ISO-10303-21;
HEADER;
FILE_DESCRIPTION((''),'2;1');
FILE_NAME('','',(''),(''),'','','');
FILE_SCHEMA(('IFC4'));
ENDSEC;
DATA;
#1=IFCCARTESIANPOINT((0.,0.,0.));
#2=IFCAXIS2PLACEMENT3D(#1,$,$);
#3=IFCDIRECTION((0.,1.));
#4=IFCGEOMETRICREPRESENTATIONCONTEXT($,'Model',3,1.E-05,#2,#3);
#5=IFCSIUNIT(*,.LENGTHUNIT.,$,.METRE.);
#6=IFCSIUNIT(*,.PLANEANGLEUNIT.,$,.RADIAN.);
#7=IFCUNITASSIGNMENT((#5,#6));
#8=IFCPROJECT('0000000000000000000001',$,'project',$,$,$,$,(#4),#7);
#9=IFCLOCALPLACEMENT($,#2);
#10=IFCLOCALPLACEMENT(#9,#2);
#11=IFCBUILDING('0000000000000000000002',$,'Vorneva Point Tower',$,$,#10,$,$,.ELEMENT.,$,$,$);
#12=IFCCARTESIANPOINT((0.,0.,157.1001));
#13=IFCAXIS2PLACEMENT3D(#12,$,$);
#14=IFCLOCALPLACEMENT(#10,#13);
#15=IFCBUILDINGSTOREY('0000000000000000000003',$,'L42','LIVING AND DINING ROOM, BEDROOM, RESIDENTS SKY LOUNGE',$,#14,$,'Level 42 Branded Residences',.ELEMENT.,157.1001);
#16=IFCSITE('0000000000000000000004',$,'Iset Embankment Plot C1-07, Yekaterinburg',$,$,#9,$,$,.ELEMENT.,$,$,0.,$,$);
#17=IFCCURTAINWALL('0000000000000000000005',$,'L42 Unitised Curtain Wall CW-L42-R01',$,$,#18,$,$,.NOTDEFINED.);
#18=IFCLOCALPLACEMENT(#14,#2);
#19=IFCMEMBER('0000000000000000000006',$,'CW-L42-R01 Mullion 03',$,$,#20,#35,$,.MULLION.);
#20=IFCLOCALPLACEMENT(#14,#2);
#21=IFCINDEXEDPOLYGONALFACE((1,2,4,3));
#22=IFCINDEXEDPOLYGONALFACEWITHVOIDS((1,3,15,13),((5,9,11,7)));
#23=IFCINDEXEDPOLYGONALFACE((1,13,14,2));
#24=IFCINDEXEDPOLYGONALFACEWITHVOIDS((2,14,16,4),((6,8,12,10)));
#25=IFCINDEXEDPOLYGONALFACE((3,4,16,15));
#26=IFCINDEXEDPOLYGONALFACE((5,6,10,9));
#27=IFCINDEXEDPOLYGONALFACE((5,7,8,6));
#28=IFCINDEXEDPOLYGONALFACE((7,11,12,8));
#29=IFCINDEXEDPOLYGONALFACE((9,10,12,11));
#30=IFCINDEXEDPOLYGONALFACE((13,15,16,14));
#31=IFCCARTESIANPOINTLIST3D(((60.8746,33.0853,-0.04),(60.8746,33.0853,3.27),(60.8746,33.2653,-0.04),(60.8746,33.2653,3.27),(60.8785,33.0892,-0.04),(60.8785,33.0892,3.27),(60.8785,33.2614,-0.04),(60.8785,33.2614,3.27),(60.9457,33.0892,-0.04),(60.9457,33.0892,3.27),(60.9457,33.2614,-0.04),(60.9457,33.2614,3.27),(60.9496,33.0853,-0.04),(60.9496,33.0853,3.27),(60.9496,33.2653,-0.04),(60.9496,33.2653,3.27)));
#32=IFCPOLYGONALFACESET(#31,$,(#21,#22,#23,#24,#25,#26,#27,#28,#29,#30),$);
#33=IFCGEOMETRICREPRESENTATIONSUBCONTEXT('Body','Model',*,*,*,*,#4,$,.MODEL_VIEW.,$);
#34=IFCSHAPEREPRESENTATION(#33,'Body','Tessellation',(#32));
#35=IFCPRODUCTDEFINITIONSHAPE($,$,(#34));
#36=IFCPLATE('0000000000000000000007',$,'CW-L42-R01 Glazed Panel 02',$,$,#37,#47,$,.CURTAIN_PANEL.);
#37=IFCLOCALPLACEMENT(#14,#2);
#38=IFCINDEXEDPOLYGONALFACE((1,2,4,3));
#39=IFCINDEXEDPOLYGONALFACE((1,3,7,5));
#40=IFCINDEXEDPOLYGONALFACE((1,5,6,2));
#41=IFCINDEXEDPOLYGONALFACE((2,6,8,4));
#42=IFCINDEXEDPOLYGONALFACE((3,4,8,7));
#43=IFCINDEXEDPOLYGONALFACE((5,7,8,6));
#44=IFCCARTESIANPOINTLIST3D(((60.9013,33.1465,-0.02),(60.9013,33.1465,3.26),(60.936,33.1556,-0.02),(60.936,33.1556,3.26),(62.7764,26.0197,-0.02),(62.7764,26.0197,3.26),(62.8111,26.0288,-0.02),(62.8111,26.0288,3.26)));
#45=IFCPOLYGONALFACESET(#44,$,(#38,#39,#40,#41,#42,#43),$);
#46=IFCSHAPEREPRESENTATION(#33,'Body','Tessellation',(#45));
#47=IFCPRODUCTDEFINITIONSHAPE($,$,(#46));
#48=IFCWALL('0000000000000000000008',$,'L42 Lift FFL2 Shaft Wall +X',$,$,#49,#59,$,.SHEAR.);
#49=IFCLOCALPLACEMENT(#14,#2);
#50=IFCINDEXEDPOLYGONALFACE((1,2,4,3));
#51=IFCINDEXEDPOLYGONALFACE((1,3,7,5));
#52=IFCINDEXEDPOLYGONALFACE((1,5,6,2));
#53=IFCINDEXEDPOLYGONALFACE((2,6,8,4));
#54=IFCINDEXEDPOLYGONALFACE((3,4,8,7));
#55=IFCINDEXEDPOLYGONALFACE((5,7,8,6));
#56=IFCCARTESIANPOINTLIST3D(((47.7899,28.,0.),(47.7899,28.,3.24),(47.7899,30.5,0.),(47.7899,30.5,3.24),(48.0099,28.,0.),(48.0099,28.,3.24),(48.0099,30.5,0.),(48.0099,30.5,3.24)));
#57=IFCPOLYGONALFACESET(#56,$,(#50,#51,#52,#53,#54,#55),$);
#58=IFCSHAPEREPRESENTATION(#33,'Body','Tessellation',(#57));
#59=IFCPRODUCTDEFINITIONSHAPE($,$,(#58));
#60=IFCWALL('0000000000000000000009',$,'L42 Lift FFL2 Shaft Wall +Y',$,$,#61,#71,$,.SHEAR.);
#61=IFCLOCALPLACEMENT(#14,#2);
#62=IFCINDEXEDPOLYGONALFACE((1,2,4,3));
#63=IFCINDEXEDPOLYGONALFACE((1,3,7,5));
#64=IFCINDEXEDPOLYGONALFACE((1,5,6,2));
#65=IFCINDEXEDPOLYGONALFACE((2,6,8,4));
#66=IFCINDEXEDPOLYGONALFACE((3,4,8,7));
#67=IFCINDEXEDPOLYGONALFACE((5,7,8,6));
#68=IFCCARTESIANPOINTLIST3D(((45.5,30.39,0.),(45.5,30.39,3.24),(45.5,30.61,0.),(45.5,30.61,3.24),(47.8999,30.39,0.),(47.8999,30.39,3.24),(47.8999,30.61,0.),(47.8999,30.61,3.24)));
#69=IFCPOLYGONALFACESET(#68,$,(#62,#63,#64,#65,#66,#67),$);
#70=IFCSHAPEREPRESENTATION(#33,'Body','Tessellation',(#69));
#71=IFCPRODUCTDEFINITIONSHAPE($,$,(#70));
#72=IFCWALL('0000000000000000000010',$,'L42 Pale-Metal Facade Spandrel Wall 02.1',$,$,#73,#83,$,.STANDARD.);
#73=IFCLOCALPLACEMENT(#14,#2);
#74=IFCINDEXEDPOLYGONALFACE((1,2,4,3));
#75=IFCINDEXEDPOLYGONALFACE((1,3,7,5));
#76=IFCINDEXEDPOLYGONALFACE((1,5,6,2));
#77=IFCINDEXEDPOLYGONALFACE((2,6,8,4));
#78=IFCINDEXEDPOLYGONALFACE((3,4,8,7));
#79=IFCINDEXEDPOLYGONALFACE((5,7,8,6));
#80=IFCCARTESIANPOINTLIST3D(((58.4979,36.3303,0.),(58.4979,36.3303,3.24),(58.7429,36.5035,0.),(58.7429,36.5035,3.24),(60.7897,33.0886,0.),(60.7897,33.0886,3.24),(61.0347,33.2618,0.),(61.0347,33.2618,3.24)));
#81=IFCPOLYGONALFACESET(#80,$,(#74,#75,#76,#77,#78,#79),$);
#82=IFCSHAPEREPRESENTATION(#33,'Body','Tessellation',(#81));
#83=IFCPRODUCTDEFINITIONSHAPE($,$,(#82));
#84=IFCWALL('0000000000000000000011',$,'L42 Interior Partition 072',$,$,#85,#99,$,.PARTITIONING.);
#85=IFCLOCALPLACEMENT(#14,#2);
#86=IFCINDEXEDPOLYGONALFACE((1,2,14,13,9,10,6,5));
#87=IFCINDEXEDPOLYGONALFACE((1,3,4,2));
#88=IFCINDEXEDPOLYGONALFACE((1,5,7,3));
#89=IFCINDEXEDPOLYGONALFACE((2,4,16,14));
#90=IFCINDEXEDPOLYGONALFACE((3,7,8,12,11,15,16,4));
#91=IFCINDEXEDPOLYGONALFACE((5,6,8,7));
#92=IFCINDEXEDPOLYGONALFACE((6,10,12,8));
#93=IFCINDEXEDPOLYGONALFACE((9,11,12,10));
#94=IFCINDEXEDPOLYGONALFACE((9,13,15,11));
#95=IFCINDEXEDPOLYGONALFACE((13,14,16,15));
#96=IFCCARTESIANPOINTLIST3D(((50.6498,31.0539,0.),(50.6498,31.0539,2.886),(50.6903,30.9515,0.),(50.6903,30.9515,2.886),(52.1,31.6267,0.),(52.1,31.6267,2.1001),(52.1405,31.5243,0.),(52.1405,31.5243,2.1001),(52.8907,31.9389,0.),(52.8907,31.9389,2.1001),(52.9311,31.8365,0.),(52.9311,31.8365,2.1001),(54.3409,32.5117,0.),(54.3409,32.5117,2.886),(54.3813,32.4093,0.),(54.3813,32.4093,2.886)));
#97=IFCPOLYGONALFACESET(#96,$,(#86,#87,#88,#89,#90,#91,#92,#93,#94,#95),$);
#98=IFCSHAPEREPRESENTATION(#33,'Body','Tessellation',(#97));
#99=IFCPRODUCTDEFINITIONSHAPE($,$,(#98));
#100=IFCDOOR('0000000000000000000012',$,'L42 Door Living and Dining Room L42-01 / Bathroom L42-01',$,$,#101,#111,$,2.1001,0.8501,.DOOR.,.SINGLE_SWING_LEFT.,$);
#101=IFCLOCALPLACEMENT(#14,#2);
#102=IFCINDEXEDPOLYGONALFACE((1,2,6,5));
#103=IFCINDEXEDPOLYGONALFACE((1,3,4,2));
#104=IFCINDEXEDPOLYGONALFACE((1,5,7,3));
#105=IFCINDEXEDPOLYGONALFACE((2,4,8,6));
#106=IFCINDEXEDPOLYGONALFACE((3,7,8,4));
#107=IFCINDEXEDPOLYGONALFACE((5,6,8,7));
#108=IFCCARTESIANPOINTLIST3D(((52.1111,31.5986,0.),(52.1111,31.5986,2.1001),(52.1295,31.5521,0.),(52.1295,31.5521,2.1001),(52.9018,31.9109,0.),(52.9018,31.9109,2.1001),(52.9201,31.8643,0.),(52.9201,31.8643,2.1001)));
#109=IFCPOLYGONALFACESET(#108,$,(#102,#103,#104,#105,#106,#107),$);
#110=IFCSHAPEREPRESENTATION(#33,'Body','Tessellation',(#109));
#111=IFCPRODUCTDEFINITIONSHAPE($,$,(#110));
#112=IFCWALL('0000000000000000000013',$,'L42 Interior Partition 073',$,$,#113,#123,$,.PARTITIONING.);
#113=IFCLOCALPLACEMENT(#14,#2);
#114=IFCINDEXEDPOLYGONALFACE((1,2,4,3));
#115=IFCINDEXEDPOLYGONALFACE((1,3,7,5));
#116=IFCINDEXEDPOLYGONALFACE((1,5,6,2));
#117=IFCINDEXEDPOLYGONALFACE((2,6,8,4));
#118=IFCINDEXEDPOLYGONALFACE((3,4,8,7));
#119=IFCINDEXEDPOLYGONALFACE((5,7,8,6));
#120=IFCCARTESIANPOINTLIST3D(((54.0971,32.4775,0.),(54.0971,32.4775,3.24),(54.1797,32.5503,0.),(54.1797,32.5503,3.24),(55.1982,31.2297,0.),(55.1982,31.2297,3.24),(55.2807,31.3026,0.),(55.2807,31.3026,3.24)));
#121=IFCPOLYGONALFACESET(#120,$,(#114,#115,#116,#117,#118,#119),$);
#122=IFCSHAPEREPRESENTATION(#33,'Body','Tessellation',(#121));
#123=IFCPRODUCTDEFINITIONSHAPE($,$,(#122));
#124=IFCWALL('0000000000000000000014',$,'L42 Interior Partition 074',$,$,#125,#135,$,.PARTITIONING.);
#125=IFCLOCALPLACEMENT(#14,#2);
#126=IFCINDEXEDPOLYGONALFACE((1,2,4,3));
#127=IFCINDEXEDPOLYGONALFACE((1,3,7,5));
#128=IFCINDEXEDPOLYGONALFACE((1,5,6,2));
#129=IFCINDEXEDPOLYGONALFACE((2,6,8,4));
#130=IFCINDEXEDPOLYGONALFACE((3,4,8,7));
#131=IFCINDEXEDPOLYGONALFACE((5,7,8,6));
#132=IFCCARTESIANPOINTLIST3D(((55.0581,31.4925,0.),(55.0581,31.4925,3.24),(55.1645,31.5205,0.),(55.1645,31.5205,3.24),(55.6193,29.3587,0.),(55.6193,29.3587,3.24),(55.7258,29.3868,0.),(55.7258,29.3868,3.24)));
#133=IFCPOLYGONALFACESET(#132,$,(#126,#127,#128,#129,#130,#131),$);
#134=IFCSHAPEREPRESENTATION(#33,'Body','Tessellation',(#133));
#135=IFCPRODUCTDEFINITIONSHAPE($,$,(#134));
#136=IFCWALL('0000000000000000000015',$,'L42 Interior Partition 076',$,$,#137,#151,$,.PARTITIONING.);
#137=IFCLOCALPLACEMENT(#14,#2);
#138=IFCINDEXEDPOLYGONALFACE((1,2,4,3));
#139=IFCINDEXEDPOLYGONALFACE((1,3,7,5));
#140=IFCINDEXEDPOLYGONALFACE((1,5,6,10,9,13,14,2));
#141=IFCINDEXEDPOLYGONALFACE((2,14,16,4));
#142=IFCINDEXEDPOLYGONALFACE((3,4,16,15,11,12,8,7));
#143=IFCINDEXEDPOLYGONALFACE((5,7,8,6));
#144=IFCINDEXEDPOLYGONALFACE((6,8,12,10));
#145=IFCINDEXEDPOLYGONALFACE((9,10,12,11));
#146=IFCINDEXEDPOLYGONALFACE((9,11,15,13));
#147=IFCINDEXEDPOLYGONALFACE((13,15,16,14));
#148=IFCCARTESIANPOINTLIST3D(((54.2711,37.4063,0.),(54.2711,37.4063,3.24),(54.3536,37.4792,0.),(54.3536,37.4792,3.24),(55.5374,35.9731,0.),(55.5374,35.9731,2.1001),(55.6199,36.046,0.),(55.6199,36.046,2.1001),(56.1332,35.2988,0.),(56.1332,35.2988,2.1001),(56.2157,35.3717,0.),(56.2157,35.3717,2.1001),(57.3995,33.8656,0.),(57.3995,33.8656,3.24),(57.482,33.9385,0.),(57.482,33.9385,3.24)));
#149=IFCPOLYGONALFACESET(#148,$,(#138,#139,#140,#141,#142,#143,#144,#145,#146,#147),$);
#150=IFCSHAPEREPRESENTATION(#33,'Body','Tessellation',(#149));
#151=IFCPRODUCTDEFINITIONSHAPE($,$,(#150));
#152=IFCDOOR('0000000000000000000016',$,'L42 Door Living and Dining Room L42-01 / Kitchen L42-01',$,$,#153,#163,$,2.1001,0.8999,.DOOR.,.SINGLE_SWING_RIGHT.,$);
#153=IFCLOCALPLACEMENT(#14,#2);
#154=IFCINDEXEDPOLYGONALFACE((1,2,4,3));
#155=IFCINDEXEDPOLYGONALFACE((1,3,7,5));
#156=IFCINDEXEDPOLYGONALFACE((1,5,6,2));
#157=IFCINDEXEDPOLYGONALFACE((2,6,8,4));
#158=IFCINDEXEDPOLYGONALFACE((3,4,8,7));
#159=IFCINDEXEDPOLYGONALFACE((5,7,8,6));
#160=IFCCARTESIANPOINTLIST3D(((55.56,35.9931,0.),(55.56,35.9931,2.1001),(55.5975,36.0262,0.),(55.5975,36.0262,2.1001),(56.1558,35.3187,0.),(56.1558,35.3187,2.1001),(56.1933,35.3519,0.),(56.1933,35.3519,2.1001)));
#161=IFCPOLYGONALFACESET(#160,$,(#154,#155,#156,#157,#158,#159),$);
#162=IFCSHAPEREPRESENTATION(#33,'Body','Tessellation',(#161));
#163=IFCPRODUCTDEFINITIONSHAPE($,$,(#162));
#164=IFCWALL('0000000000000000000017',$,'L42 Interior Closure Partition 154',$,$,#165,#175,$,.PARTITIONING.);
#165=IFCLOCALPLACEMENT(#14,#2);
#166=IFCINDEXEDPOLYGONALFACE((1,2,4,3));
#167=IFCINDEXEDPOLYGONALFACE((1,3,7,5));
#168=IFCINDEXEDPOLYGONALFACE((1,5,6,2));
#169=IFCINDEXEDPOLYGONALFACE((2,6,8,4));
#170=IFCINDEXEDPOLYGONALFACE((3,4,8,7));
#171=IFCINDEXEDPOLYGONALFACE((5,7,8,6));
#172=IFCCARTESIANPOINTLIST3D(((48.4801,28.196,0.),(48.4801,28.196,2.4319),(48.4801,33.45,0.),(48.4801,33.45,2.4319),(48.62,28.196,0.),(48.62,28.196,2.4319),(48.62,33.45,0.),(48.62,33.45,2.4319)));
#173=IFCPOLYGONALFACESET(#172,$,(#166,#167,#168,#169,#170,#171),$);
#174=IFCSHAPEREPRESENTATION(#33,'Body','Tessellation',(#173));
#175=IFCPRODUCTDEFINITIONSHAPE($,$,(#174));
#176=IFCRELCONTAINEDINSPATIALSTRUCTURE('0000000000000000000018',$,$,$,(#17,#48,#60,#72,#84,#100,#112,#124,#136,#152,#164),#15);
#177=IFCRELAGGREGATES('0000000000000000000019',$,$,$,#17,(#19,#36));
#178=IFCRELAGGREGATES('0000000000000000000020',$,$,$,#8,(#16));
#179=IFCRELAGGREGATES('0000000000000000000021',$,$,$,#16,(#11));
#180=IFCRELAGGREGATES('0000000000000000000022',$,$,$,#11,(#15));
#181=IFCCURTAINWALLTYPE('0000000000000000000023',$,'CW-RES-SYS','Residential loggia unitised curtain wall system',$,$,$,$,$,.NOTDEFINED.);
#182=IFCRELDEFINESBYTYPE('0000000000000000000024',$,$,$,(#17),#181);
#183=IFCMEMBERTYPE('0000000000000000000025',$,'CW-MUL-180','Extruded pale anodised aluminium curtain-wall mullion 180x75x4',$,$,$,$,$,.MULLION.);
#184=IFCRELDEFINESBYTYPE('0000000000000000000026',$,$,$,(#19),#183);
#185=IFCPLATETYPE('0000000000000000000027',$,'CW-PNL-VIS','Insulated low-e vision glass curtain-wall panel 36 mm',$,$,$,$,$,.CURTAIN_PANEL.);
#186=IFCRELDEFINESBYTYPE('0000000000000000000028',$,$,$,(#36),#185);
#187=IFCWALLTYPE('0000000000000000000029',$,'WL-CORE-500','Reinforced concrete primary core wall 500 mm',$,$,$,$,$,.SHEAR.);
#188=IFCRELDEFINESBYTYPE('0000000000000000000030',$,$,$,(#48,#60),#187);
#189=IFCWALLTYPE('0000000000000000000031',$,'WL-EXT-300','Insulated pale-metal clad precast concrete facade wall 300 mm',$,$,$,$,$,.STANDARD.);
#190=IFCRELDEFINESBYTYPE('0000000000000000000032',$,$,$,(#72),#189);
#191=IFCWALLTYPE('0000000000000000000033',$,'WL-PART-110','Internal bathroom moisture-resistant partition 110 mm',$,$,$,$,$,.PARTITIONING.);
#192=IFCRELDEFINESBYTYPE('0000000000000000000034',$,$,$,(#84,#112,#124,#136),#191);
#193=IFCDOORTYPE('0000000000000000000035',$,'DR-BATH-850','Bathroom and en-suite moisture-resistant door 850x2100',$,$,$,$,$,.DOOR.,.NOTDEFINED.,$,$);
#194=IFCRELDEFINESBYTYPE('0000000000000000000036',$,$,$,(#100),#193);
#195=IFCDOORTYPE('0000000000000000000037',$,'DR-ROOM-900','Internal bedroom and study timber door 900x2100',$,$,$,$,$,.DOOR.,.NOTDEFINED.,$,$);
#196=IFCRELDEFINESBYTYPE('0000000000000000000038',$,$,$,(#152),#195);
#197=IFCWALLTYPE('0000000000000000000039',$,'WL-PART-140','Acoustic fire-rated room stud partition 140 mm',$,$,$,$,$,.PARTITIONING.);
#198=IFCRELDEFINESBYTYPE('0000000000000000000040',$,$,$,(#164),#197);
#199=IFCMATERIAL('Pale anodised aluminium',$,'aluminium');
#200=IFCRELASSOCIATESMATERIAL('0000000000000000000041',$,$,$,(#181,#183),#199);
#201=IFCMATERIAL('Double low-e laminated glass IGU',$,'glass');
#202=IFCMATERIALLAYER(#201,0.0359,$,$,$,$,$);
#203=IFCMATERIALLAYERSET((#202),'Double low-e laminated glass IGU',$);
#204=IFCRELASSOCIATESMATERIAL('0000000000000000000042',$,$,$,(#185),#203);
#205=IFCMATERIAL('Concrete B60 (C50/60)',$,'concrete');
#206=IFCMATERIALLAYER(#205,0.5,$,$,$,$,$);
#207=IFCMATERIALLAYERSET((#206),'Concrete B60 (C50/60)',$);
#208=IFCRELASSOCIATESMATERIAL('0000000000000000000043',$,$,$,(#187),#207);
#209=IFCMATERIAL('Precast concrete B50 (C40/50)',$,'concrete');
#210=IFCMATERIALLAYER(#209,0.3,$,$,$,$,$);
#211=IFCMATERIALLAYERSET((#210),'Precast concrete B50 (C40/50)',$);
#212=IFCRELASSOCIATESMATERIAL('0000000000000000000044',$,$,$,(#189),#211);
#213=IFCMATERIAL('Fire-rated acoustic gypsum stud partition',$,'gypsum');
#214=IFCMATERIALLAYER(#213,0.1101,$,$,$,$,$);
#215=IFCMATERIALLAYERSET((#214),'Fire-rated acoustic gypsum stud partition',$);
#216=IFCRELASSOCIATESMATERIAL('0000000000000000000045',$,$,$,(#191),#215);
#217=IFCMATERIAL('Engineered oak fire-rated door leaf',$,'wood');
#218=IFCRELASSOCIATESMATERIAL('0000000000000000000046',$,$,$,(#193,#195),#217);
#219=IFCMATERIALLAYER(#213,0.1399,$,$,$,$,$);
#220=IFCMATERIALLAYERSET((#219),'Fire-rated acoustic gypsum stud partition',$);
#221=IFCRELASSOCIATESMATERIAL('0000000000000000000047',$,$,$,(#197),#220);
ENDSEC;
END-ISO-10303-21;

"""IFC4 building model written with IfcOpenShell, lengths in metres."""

from ifc_helpers import new_model, si_unit, direction, frame, frame_2d, origin, origin_2d, place, context, subcontext, project, spatial, rectangle, hollow_rectangle, extrude, material, layer, layer_set, material_profile, profile_set, type_object, element, fill, aggregate, save


model = new_model("IFC4")

# Units and contexts
model_context = context("Model", 3, precision=1e-05, world=origin(), true_north=direction((0.0, 1.0)))
body_context = subcontext(model_context, "Body", "Model", "MODEL_VIEW")
ifc_project = project(units=[si_unit("LENGTHUNIT", "METRE"), si_unit("PLANEANGLEUNIT", "RADIAN")], contexts=[model_context])

# Site, building, storey
site_placement = place(None, origin())
site = spatial("IfcSite", under=ifc_project, at=site_placement, Name="Iset Embankment Plot C1-07, Yekaterinburg", CompositionType="ELEMENT", RefElevation=0.0)
building_placement = place(site_placement, origin())
building = spatial("IfcBuilding", under=site, at=building_placement, Name="Vorneva Point Tower", CompositionType="ELEMENT")
storey_placement = place(building_placement, frame((0.0, 0.0, 157.1001)))
storey = spatial("IfcBuildingStorey", under=building, at=storey_placement, Name="L42", Description="LIVING AND DINING ROOM, BEDROOM, RESIDENTS SKY LOUNGE", LongName="Level 42 Branded Residences", CompositionType="ELEMENT", Elevation=157.1001)

# Shared definitions
ifc_material_1 = material(Name="Concrete B60 (C50/60)", Category="concrete")

# Curtain wall, member, plate
ifc_material_2 = material(Name="Pale anodised aluminium", Category="aluminium")
curtain_wall_type = type_object("IfcCurtainWallType", Name="CW-RES-SYS", Description="Residential loggia unitised curtain wall system", PredefinedType="NOTDEFINED", material=ifc_material_2)
curtain_wall_placement = place(storey_placement, origin())
curtain_wall = element("IfcCurtainWall", 1, at=curtain_wall_placement, inside=storey, type_object=curtain_wall_type, Name="L42 Unitised Curtain Wall CW-L42-R01", PredefinedType="NOTDEFINED")
ifc_material_profile_1 = material_profile(ifc_material_2, hollow_rectangle(XDim=0.075, YDim=0.1799, WallThickness=0.0039, at=origin_2d()), Name="AL-MUL 180x75x4")
ifc_profile_set_1 = profile_set([ifc_material_profile_1], Name="Pale anodised aluminium")
member_type = type_object("IfcMemberType", Name="CW-MUL-180", Description="Extruded pale anodised aluminium curtain-wall mullion 180x75x4", PredefinedType="MULLION", material=ifc_profile_set_1)
member_placement = place(storey_placement, frame((60.9121, 33.1753, -0.04), z_axis=(0.0, 0.0, 1.0), x_axis=(1.0, 0.0, 0.0)))
member = element("IfcMember", 2, at=member_placement, type_object=member_type, Name="CW-L42-R01 Mullion 03", PredefinedType="MULLION", context=body_context, shape_type="SweptSolid", body=[
    extrude(hollow_rectangle(XDim=0.075, YDim=0.1799, WallThickness=0.0039, at=origin_2d()), origin(), (0.0, 0.0, 1.0), 3.3101),
])
ifc_material_3 = material(Name="Double low-e laminated glass IGU", Category="glass")
ifc_layer_1 = layer(ifc_material_3, 0.0359)
ifc_layer_set_1 = layer_set([ifc_layer_1], Name="Double low-e laminated glass IGU")
plate_type = type_object("IfcPlateType", Name="CW-PNL-VIS", Description="Insulated low-e vision glass curtain-wall panel 36 mm", PredefinedType="CURTAIN_PANEL", material=ifc_layer_set_1)
plate_placement = place(storey_placement, frame((61.8562, 29.5876, -0.02), z_axis=(0.0, 0.0, 1.0), x_axis=(-0.254433, 0.96709, 0.0)))
plate = element("IfcPlate", 3, at=plate_placement, type_object=plate_type, Name="CW-L42-R01 Glazed Panel 02", PredefinedType="CURTAIN_PANEL", context=body_context, shape_type="SweptSolid", body=[
    extrude(rectangle(XDim=7.3694, YDim=0.0359, at=origin_2d()), origin(), (0.0, 0.0, 1.0), 3.28),
])
aggregate(curtain_wall, [member, plate])

# Walls
ifc_layer_2 = layer(ifc_material_1, 0.5)
ifc_layer_set_2 = layer_set([ifc_layer_2], Name="Concrete B60 (C50/60)")
wall_type_1 = type_object("IfcWallType", Name="WL-CORE-500", Description="Reinforced concrete primary core wall 500 mm", PredefinedType="SHEAR", material=ifc_layer_set_2)
wall_1_placement = place(storey_placement, frame((47.8999, 28.0, 0.0), z_axis=(0.0, 0.0, 1.0), x_axis=(0.0, 1.0, 0.0)))
element("IfcWall", 4, at=wall_1_placement, inside=storey, type_object=wall_type_1, Name="L42 Lift FFL2 Shaft Wall +X", PredefinedType="SHEAR", context=body_context, shape_type="SweptSolid", body=[
    extrude(rectangle(XDim=2.5, YDim=0.22, at=frame_2d((1.25, 0.0))), origin(), (0.0, 0.0, 1.0), 3.24),
])
wall_2_placement = place(storey_placement, frame((47.8999, 30.5, 0.0), z_axis=(0.0, 0.0, 1.0), x_axis=(-1.0, 0.0, 0.0)))
element("IfcWall", 5, at=wall_2_placement, inside=storey, type_object=wall_type_1, Name="L42 Lift FFL2 Shaft Wall +Y", PredefinedType="SHEAR", context=body_context, shape_type="SweptSolid", body=[
    extrude(rectangle(XDim=2.3999, YDim=0.22, at=frame_2d((1.2, 0.0))), origin(), (0.0, 0.0, 1.0), 3.24),
])
ifc_material_4 = material(Name="Precast concrete B50 (C40/50)", Category="concrete")
ifc_layer_3 = layer(ifc_material_4, 0.3)
ifc_layer_set_3 = layer_set([ifc_layer_3], Name="Precast concrete B50 (C40/50)")
wall_type_2 = type_object("IfcWallType", Name="WL-EXT-300", Description="Insulated pale-metal clad precast concrete facade wall 300 mm", PredefinedType="STANDARD", material=ifc_layer_set_3)
wall_3_placement = place(storey_placement, frame((60.9121, 33.1753, 0.0), z_axis=(0.0, 0.0, 1.0), x_axis=(-0.57727, 0.816554, 0.0)))
element("IfcWall", 6, at=wall_3_placement, inside=storey, type_object=wall_type_2, Name="L42 Pale-Metal Facade Spandrel Wall 02.1", PredefinedType="STANDARD", context=body_context, shape_type="SweptSolid", body=[
    extrude(rectangle(XDim=3.97, YDim=0.3, at=frame_2d((1.9849, 0.0))), origin(), (0.0, 0.0, 1.0), 3.24),
])

# Wall, opening, door
ifc_material_5 = material(Name="Fire-rated acoustic gypsum stud partition", Category="gypsum")
ifc_layer_4 = layer(ifc_material_5, 0.1101)
ifc_layer_set_4 = layer_set([ifc_layer_4], Name="Fire-rated acoustic gypsum stud partition")
wall_type_3 = type_object("IfcWallType", Name="WL-PART-110", Description="Internal bathroom moisture-resistant partition 110 mm", PredefinedType="PARTITIONING", material=ifc_layer_set_4)
wall_4_placement = place(storey_placement, frame((50.6699, 31.0027, 0.0), z_axis=(0.0, 0.0, 1.0), x_axis=(0.930093, 0.367325, 0.0)))
wall_4 = element("IfcWall", 7, at=wall_4_placement, inside=storey, type_object=wall_type_3, Name="L42 Interior Partition 072", PredefinedType="PARTITIONING", context=body_context, shape_type="SweptSolid", body=[
    extrude(rectangle(XDim=3.9685, YDim=0.1101, at=frame_2d((1.9844, 0.0))), origin(), (0.0, 0.0, 1.0), 2.886),
])
opening_1_placement = place(wall_4_placement, frame((1.5593, 0.0, 0.0)))
opening_1 = element("IfcOpeningElement", 8, at=opening_1_placement, cuts=wall_4, PredefinedType="OPENING", context=body_context, shape_type="SweptSolid", body=[
    extrude(rectangle(XDim=0.8501, YDim=2.1001, at=frame_2d((0.425, 1.05))), frame((0.0, 0.0698, 0.0), z_axis=(0.0, -1.0, 0.0), x_axis=(1.0, 0.0, 0.0)), (0.0, 0.0, 1.0), 0.1399),
])
ifc_material_6 = material(Name="Engineered oak fire-rated door leaf", Category="wood")
door_type_1 = type_object("IfcDoorType", Name="DR-BATH-850", Description="Bathroom and en-suite moisture-resistant door 850x2100", OperationType="NOTDEFINED", PredefinedType="DOOR", material=ifc_material_6)
door_1_placement = place(opening_1_placement, origin())
door_1 = element("IfcDoor", 9, at=door_1_placement, inside=storey, type_object=door_type_1, Name="L42 Door Living and Dining Room L42-01 / Bathroom L42-01", OperationType="SINGLE_SWING_LEFT", OverallHeight=2.1001, OverallWidth=0.8501, PredefinedType="DOOR", context=body_context, shape_type="SweptSolid", body=[
    extrude(rectangle(XDim=0.8501, YDim=2.1001, at=frame_2d((0.425, 1.05))), frame((0.0, 0.0249, 0.0), z_axis=(0.0, -1.0, 0.0), x_axis=(1.0, 0.0, 0.0)), (0.0, 0.0, 1.0), 0.05),
])
fill(opening_1, door_1)

# Walls
wall_5_placement = place(storey_placement, frame((54.1384, 32.5139, 0.0), z_axis=(0.0, 0.0, 1.0), x_axis=(0.661646, -0.749816, 0.0)))
element("IfcWall", 10, at=wall_5_placement, inside=storey, type_object=wall_type_3, Name="L42 Interior Partition 073", PredefinedType="PARTITIONING", context=body_context, shape_type="SweptSolid", body=[
    extrude(rectangle(XDim=1.6641, YDim=0.1101, at=frame_2d((0.832, 0.0))), origin(), (0.0, 0.0, 1.0), 3.24),
])
wall_6_placement = place(storey_placement, frame((55.1113, 31.5063, 0.0), z_axis=(0.0, 0.0, 1.0), x_axis=(0.25439, -0.967102, 0.0)))
element("IfcWall", 11, at=wall_6_placement, inside=storey, type_object=wall_type_3, Name="L42 Interior Partition 074", PredefinedType="PARTITIONING", context=body_context, shape_type="SweptSolid", body=[
    extrude(rectangle(XDim=2.2063, YDim=0.1101, at=frame_2d((1.103, 0.0))), origin(), (0.0, 0.0, 1.0), 3.24),
])

# Wall, opening, door
wall_7_placement = place(storey_placement, frame((57.4407, 33.9021, 0.0), z_axis=(0.0, 0.0, 1.0), x_axis=(-0.662122, 0.749396, 0.0)))
wall_7 = element("IfcWall", 12, at=wall_7_placement, inside=storey, type_object=wall_type_3, Name="L42 Interior Partition 076", PredefinedType="PARTITIONING", context=body_context, shape_type="SweptSolid", body=[
    extrude(rectangle(XDim=4.7249, YDim=0.1101, at=frame_2d((2.3623, 0.0))), origin(), (0.0, 0.0, 1.0), 3.24),
])
opening_2_placement = place(wall_7_placement, frame((1.9124, 0.0, 0.0)))
opening_2 = element("IfcOpeningElement", 13, at=opening_2_placement, cuts=wall_7, PredefinedType="OPENING", context=body_context, shape_type="SweptSolid", body=[
    extrude(rectangle(XDim=0.8999, YDim=2.1001, at=frame_2d((0.45, 1.05))), frame((0.0, 0.0698, 0.0), z_axis=(0.0, -1.0, 0.0), x_axis=(1.0, 0.0, 0.0)), (0.0, 0.0, 1.0), 0.1399),
])
door_type_2 = type_object("IfcDoorType", Name="DR-ROOM-900", Description="Internal bedroom and study timber door 900x2100", OperationType="NOTDEFINED", PredefinedType="DOOR", material=ifc_material_6)
door_2_placement = place(opening_2_placement, origin())
door_2 = element("IfcDoor", 14, at=door_2_placement, inside=storey, type_object=door_type_2, Name="L42 Door Living and Dining Room L42-01 / Kitchen L42-01", OperationType="SINGLE_SWING_RIGHT", OverallHeight=2.1001, OverallWidth=0.8999, PredefinedType="DOOR", context=body_context, shape_type="SweptSolid", body=[
    extrude(rectangle(XDim=0.8999, YDim=2.1001, at=frame_2d((0.45, 1.05))), frame((0.0, 0.0249, 0.0), z_axis=(0.0, -1.0, 0.0), x_axis=(1.0, 0.0, 0.0)), (0.0, 0.0, 1.0), 0.05),
])
fill(opening_2, door_2)

# Wall
ifc_layer_5 = layer(ifc_material_5, 0.1399)
ifc_layer_set_5 = layer_set([ifc_layer_5], Name="Fire-rated acoustic gypsum stud partition")
wall_type_4 = type_object("IfcWallType", Name="WL-PART-140", Description="Acoustic fire-rated room stud partition 140 mm", PredefinedType="PARTITIONING", material=ifc_layer_set_5)
wall_8_placement = place(storey_placement, frame((48.55, 28.196, 0.0), z_axis=(0.0, 0.0, 1.0), x_axis=(0.0, 1.0, 0.0)))
element("IfcWall", 15, at=wall_8_placement, inside=storey, type_object=wall_type_4, Name="L42 Interior Closure Partition 154", PredefinedType="PARTITIONING", context=body_context, shape_type="SweptSolid", body=[
    extrude(rectangle(XDim=5.2539, YDim=0.1399, at=frame_2d((2.627, 0.0))), origin(), (0.0, 0.0, 1.0), 2.4319),
])

save(model, "model.ifc")
